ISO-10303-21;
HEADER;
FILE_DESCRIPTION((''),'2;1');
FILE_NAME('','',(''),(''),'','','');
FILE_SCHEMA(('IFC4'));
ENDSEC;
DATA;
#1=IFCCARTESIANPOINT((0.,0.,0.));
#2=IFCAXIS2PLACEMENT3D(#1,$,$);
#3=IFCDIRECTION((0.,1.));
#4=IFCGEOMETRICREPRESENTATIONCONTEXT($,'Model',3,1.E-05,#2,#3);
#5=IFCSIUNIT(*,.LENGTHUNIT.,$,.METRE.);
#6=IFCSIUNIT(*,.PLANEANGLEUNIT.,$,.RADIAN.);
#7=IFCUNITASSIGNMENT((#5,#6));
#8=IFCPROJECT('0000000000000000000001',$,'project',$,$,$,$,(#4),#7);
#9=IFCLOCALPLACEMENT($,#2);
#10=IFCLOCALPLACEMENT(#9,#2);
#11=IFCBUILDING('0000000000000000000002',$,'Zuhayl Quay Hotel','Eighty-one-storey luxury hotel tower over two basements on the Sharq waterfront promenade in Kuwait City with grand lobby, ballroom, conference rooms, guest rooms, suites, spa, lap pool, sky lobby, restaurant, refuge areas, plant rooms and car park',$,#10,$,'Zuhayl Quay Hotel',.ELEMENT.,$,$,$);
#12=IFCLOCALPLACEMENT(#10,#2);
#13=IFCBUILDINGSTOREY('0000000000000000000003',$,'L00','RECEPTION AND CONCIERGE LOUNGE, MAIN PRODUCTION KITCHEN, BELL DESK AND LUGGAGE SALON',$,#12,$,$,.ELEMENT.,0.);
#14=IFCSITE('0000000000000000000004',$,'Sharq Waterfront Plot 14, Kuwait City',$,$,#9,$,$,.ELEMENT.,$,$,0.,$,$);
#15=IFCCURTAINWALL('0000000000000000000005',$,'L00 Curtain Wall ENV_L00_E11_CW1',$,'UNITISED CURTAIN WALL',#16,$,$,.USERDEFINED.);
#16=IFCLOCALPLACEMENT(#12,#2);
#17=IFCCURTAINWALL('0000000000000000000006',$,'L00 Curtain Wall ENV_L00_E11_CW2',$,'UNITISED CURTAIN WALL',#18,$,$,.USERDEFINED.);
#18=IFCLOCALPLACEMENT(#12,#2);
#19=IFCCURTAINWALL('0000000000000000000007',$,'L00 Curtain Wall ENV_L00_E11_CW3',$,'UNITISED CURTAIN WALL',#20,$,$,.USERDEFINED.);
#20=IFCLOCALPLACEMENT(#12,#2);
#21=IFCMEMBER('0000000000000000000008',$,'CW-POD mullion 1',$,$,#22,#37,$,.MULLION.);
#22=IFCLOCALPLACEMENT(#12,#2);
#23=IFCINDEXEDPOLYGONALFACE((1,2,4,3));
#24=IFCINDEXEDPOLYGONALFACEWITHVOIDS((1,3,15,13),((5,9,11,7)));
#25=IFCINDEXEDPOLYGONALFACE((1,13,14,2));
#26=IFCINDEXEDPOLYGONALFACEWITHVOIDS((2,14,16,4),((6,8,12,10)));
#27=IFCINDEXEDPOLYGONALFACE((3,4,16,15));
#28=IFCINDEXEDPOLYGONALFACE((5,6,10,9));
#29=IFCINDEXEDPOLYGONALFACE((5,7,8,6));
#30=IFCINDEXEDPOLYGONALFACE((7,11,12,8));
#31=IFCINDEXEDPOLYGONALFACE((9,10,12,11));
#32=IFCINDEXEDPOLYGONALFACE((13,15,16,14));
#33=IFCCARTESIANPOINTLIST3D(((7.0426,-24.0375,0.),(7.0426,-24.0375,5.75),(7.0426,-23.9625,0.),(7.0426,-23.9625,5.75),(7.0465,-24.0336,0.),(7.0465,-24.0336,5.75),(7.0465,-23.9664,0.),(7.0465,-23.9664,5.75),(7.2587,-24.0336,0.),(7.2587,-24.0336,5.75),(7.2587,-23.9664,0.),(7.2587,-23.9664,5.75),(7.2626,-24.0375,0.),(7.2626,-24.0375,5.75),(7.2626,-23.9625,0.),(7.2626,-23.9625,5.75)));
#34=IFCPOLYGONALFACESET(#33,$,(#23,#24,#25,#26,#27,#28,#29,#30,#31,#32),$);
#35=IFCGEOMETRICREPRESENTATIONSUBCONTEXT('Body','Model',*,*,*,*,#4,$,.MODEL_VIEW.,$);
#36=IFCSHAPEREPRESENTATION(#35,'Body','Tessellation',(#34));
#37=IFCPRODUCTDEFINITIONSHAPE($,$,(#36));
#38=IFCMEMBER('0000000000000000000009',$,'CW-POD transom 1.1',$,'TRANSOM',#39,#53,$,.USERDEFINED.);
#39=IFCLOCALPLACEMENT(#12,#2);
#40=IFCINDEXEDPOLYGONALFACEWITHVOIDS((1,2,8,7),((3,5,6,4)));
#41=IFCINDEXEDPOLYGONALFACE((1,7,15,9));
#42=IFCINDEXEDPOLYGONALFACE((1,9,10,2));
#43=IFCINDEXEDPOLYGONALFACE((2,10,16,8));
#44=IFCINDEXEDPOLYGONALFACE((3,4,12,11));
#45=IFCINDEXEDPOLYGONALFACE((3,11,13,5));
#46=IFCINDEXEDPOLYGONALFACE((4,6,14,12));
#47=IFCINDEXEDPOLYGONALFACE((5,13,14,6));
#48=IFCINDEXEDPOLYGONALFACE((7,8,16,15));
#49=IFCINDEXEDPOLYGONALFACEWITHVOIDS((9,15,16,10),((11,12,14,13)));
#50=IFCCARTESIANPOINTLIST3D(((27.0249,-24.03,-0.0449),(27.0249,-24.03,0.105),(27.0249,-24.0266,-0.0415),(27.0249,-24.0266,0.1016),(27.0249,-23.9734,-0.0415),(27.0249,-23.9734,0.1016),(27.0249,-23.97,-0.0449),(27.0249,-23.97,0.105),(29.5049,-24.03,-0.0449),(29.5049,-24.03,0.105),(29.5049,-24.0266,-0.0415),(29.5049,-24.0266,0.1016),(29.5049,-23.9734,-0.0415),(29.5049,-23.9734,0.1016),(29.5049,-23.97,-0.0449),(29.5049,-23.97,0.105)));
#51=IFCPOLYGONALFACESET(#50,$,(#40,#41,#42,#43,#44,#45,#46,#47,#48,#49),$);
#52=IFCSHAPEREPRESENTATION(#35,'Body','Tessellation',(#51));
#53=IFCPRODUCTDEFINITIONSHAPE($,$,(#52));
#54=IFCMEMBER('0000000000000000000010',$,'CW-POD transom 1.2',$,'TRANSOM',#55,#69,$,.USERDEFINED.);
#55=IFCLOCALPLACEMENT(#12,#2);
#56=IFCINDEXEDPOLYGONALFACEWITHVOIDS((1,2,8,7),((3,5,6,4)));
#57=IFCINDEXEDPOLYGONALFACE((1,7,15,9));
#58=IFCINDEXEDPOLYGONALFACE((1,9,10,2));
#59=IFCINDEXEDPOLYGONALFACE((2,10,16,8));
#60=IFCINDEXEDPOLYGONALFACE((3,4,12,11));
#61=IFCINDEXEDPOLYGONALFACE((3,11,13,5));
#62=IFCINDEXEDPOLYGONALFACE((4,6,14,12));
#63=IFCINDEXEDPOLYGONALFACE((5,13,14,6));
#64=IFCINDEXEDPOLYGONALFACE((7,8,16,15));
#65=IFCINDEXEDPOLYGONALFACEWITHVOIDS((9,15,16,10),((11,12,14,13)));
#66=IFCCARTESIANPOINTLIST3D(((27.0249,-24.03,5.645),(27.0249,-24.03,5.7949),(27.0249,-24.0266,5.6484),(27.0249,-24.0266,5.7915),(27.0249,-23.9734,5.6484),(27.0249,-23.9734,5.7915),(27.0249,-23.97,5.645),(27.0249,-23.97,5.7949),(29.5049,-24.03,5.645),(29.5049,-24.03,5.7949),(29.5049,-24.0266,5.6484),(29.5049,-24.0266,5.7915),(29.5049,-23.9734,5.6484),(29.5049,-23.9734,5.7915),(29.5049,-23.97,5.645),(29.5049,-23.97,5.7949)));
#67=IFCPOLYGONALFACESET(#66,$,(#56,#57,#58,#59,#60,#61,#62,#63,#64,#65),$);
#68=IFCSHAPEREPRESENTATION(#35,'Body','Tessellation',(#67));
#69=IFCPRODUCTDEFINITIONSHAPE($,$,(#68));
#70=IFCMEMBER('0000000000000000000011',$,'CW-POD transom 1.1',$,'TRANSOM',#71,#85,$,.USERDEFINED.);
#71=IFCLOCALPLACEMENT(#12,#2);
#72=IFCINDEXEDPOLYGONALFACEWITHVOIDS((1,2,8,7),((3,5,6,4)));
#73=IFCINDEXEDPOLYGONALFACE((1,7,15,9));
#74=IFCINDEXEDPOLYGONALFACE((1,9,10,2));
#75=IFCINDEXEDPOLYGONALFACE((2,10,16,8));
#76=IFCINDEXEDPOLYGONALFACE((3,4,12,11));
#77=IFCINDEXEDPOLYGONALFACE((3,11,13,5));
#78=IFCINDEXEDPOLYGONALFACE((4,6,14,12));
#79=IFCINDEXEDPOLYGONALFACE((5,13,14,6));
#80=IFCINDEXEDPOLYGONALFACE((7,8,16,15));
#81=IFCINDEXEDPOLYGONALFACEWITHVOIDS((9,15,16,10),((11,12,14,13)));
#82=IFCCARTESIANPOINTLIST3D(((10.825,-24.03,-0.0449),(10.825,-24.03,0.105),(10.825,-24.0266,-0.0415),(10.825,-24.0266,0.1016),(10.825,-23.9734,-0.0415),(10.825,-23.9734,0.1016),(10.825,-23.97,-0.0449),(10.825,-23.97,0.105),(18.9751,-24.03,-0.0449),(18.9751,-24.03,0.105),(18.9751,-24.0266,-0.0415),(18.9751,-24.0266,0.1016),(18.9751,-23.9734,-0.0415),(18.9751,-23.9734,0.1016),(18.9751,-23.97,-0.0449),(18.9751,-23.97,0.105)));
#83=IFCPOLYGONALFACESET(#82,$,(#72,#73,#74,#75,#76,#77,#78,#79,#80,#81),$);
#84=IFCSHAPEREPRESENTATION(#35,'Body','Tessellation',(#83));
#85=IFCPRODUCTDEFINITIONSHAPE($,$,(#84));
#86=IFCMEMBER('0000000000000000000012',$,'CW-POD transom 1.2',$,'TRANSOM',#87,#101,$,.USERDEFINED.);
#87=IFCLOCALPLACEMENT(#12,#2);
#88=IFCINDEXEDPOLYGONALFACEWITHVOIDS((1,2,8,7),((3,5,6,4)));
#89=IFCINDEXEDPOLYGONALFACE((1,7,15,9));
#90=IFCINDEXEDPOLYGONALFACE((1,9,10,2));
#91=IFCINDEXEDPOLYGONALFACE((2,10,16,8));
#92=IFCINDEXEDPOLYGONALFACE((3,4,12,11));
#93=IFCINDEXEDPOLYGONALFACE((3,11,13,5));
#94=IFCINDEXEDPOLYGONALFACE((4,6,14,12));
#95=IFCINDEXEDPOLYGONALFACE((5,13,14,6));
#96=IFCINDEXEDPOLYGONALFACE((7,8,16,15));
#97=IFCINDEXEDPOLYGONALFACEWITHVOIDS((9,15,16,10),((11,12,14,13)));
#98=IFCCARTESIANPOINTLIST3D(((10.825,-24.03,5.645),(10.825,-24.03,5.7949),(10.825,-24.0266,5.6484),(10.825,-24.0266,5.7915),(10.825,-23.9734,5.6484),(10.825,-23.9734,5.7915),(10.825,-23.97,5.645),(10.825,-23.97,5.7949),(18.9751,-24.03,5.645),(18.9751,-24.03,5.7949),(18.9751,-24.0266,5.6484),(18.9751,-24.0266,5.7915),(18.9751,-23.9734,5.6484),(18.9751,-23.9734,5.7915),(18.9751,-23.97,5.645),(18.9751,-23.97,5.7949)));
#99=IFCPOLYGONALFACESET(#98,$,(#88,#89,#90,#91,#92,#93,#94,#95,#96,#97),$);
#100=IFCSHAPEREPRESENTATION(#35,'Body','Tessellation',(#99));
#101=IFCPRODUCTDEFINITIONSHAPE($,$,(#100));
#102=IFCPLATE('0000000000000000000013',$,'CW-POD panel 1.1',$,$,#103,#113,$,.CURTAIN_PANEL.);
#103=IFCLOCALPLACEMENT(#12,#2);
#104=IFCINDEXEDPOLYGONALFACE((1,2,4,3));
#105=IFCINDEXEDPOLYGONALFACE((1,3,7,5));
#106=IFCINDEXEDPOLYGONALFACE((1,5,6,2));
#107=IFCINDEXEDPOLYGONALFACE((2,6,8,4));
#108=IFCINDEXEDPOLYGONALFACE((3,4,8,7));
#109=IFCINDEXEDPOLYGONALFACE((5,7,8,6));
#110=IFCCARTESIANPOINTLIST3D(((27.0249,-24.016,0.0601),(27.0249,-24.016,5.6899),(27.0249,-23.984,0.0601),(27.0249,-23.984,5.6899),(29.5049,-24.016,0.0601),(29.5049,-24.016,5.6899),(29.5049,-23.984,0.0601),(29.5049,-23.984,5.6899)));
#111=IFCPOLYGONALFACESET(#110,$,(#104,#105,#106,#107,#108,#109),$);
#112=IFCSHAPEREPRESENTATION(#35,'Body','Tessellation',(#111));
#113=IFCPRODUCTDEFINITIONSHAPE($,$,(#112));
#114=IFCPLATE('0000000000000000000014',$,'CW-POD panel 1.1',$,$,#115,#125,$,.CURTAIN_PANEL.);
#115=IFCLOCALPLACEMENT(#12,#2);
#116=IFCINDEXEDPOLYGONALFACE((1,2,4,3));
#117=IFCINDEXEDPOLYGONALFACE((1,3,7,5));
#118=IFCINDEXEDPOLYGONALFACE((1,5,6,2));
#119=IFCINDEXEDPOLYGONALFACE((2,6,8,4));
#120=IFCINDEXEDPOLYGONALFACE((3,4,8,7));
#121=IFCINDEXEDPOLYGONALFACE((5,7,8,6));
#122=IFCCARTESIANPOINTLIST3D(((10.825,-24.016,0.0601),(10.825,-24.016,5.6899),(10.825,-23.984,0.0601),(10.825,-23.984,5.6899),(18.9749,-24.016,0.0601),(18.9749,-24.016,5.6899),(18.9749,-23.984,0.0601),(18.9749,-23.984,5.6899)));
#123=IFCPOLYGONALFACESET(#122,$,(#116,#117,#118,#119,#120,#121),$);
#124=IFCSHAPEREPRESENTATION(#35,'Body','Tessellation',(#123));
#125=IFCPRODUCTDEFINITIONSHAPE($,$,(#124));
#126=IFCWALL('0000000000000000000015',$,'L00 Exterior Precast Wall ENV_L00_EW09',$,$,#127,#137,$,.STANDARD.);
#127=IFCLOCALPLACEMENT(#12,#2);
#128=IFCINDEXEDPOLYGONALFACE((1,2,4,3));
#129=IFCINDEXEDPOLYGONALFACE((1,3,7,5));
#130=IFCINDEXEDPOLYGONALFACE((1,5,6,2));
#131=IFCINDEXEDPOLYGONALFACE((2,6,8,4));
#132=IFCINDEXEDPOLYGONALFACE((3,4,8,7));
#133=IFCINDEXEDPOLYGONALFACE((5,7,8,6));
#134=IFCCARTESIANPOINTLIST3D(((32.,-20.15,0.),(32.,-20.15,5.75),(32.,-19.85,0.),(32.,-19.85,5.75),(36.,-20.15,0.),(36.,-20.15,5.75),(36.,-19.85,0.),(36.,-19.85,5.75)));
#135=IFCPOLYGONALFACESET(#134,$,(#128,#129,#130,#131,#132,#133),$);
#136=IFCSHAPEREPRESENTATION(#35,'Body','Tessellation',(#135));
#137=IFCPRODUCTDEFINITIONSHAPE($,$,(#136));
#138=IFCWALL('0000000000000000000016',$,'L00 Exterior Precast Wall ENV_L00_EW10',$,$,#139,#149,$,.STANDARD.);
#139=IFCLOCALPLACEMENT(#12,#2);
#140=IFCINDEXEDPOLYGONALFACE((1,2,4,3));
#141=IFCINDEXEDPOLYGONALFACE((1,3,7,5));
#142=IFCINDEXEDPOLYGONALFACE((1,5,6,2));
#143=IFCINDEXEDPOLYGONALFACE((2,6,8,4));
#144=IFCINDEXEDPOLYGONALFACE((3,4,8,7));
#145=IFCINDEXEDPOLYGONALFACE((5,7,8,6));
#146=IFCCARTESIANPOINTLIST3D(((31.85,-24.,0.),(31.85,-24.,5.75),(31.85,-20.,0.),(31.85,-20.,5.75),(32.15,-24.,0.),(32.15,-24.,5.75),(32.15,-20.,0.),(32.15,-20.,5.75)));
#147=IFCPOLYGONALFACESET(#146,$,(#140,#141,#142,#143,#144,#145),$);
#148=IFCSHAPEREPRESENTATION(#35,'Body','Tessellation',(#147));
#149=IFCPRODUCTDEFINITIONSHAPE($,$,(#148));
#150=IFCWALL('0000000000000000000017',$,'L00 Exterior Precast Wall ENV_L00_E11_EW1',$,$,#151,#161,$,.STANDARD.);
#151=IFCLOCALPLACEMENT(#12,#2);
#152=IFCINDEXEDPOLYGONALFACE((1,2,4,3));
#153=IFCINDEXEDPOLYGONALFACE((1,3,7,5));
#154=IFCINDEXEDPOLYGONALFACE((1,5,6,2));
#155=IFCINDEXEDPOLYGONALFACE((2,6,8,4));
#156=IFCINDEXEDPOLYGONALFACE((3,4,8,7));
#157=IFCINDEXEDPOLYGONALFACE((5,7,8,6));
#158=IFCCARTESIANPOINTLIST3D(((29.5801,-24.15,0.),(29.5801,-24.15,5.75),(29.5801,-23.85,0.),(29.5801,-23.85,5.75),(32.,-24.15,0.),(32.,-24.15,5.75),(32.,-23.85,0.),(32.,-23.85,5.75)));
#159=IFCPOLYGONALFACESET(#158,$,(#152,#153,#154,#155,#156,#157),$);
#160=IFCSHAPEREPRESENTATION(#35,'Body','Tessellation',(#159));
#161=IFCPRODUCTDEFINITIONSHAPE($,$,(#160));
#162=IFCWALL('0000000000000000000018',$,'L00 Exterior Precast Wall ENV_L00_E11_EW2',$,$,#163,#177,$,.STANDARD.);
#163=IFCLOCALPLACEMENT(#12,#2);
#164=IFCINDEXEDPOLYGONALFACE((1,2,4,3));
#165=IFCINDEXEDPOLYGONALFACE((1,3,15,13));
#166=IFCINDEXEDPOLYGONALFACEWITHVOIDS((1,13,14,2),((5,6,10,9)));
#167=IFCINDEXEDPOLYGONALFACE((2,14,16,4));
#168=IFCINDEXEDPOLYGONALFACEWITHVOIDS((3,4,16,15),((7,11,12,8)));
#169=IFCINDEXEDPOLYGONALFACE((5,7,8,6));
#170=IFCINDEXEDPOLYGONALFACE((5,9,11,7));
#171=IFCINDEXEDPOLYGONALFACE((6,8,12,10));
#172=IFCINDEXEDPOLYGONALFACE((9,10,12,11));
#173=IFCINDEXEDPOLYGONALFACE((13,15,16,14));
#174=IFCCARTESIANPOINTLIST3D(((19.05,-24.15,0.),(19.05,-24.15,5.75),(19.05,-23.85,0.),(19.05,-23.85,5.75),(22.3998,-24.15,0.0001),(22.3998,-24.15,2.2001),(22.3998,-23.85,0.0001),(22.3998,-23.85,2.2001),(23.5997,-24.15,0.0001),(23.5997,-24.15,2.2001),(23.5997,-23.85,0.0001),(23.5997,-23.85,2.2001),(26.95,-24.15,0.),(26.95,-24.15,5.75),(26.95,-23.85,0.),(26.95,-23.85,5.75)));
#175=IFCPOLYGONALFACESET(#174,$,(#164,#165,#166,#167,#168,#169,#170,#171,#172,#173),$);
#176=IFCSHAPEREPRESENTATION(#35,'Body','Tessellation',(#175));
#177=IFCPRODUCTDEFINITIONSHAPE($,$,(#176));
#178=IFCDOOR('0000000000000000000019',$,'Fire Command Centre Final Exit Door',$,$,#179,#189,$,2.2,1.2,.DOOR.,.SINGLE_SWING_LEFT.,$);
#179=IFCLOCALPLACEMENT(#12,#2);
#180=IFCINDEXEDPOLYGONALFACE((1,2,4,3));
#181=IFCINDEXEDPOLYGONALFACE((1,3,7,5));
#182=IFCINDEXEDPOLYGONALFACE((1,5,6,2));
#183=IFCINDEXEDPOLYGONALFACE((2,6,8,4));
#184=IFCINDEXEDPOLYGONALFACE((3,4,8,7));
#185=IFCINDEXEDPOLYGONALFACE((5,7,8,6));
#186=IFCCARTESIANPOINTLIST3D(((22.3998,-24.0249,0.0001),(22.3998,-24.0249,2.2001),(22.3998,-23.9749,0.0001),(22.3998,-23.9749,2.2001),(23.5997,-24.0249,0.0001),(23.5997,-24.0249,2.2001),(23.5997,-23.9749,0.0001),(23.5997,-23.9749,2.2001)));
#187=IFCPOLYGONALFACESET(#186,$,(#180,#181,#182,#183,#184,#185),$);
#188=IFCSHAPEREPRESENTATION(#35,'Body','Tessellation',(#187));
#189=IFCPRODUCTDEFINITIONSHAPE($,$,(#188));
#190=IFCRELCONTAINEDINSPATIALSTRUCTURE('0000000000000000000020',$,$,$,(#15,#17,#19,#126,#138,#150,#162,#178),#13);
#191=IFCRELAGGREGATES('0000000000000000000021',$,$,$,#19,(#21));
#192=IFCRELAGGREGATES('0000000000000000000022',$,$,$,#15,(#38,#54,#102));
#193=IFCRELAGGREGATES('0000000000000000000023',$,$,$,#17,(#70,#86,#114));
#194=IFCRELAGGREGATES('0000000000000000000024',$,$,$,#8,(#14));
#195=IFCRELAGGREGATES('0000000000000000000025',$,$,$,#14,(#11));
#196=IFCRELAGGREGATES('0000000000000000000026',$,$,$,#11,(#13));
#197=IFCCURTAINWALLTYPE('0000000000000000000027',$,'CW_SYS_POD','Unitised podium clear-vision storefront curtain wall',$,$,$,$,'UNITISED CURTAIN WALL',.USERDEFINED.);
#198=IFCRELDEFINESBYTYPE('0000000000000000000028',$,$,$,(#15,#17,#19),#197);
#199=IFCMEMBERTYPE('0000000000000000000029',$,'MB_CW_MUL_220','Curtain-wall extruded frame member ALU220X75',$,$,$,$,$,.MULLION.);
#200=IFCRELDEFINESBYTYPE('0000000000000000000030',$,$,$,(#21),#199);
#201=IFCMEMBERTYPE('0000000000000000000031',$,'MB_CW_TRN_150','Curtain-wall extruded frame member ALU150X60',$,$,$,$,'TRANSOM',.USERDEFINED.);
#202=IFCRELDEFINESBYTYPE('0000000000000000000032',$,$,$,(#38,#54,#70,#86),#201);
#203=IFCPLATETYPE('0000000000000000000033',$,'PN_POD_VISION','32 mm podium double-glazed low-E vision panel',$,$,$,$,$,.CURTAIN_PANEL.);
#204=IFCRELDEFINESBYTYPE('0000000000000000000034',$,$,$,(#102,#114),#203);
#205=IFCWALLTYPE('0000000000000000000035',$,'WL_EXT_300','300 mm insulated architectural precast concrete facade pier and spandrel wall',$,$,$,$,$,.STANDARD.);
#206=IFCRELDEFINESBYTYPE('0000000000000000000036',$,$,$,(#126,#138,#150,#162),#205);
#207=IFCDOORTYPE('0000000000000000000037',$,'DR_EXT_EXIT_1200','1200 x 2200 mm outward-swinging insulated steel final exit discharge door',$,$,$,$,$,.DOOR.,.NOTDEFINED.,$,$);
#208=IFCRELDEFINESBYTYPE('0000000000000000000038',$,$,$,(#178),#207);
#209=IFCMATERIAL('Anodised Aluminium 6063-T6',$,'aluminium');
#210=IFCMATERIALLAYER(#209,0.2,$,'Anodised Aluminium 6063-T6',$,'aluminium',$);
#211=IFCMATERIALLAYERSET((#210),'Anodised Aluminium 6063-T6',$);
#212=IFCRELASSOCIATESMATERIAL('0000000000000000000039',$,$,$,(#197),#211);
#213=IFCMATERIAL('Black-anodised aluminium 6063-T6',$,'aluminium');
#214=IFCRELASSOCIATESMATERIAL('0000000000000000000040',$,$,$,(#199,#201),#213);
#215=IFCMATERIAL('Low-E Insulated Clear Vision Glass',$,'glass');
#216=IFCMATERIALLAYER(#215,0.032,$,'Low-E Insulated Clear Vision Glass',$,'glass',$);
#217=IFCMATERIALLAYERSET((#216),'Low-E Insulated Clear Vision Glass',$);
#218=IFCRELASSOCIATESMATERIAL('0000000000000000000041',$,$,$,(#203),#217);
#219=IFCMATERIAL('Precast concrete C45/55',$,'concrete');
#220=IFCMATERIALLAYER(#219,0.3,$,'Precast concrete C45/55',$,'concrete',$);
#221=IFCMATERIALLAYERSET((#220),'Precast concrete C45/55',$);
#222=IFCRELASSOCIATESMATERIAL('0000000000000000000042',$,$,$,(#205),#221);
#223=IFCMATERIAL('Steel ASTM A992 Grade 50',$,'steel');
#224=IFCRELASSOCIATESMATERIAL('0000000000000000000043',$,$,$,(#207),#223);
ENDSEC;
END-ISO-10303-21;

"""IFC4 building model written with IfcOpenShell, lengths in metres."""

from ifc_helpers import new_model, si_unit, direction, frame, frame_2d, origin, origin_2d, place, context, subcontext, project, spatial, rectangle, hollow_rectangle, extrude, material, layer, layer_set, material_profile, profile_set, type_object, element, fill, aggregate, save


model = new_model("IFC4")

# Units and contexts
model_context = context("Model", 3, precision=1e-05, world=origin(), true_north=direction((0.0, 1.0)))
body_context = subcontext(model_context, "Body", "Model", "MODEL_VIEW")
ifc_project = project(units=[si_unit("LENGTHUNIT", "METRE"), si_unit("PLANEANGLEUNIT", "RADIAN")], contexts=[model_context])

# Site, building, storey
site_placement = place(None, origin())
site = spatial("IfcSite", under=ifc_project, at=site_placement, Name="Sharq Waterfront Plot 14, Kuwait City", CompositionType="ELEMENT", RefElevation=0.0)
building_placement = place(site_placement, origin())
building = spatial("IfcBuilding", under=site, at=building_placement, Name="Zuhayl Quay Hotel", Description="Eighty-one-storey luxury hotel tower over two basements on the Sharq waterfront promenade in Kuwait City with grand lobby, ballroom, conference rooms, guest rooms, suites, spa, lap pool, sky lobby, restaurant, refuge areas, plant rooms and car park", LongName="Zuhayl Quay Hotel", CompositionType="ELEMENT")
storey_placement = place(building_placement, origin())
storey = spatial("IfcBuildingStorey", under=building, at=storey_placement, Name="L00", Description="RECEPTION AND CONCIERGE LOUNGE, MAIN PRODUCTION KITCHEN, BELL DESK AND LUGGAGE SALON", CompositionType="ELEMENT", Elevation=0.0)

# Shared definitions
ifc_material_1 = material(Name="Steel ASTM A992 Grade 50", Category="steel")

# Curtain walls
ifc_material_2 = material(Name="Anodised Aluminium 6063-T6", Category="aluminium")
ifc_layer_1 = layer(ifc_material_2, 0.2, Name="Anodised Aluminium 6063-T6", Category="aluminium")
ifc_layer_set_1 = layer_set([ifc_layer_1], Name="Anodised Aluminium 6063-T6")
curtain_wall_type = type_object("IfcCurtainWallType", Name="CW_SYS_POD", Description="Unitised podium clear-vision storefront curtain wall", ElementType="UNITISED CURTAIN WALL", PredefinedType="USERDEFINED", material=ifc_layer_set_1)
curtain_wall_1_placement = place(storey_placement, origin())
curtain_wall_1 = element("IfcCurtainWall", 1, at=curtain_wall_1_placement, inside=storey, type_object=curtain_wall_type, Name="L00 Curtain Wall ENV_L00_E11_CW1", ObjectType="UNITISED CURTAIN WALL", PredefinedType="USERDEFINED")
ifc_material_3 = material(Name="Black-anodised aluminium 6063-T6", Category="aluminium")
ifc_material_profile_1 = material_profile(ifc_material_3, hollow_rectangle(XDim=0.075, YDim=0.22, WallThickness=0.0039, at=origin_2d()), Name="ALU220X75")
ifc_profile_set_1 = profile_set([ifc_material_profile_1], Name="Black-anodised aluminium 6063-T6")
member_type_1 = type_object("IfcMemberType", Name="MB_CW_MUL_220", Description="Curtain-wall extruded frame member ALU220X75", PredefinedType="MULLION", material=ifc_profile_set_1)
curtain_wall_2_placement = place(storey_placement, origin())
curtain_wall_2 = element("IfcCurtainWall", 2, at=curtain_wall_2_placement, inside=storey, type_object=curtain_wall_type, Name="L00 Curtain Wall ENV_L00_E11_CW2", ObjectType="UNITISED CURTAIN WALL", PredefinedType="USERDEFINED")

# Curtain wall, member
curtain_wall_3_placement = place(storey_placement, origin())
curtain_wall_3 = element("IfcCurtainWall", 3, at=curtain_wall_3_placement, inside=storey, type_object=curtain_wall_type, Name="L00 Curtain Wall ENV_L00_E11_CW3", ObjectType="UNITISED CURTAIN WALL", PredefinedType="USERDEFINED")
member_1_placement = place(storey_placement, frame((7.1526, -24.0, 0.0), z_axis=(0.0, 0.0, 1.0), x_axis=(0.0, -1.0, 0.0)))
member_1 = element("IfcMember", 4, at=member_1_placement, type_object=member_type_1, Name="CW-POD mullion 1", PredefinedType="MULLION", context=body_context, shape_type="SweptSolid", body=[
    extrude(hollow_rectangle(XDim=0.075, YDim=0.22, WallThickness=0.0039, at=origin_2d()), origin(), (0.0, 0.0, 1.0), 5.75),
])
aggregate(curtain_wall_3, [member_1])

# Members
ifc_material_profile_2 = material_profile(ifc_material_3, hollow_rectangle(XDim=0.0601, YDim=0.1499, WallThickness=0.0034, at=origin_2d()), Name="ALU150X60")
ifc_profile_set_2 = profile_set([ifc_material_profile_2], Name="Black-anodised aluminium 6063-T6")
member_type_2 = type_object("IfcMemberType", Name="MB_CW_TRN_150", Description="Curtain-wall extruded frame member ALU150X60", ElementType="TRANSOM", PredefinedType="USERDEFINED", material=ifc_profile_set_2)
member_2_placement = place(storey_placement, frame((29.5049, -24.0, 0.03), z_axis=(-1.0, 0.0, 0.0), x_axis=(0.0, -1.0, 0.0)))
member_2 = element("IfcMember", 5, at=member_2_placement, type_object=member_type_2, Name="CW-POD transom 1.1", ObjectType="TRANSOM", PredefinedType="USERDEFINED", context=body_context, shape_type="SweptSolid", body=[
    extrude(hollow_rectangle(XDim=0.0601, YDim=0.1499, WallThickness=0.0034, at=origin_2d()), origin(), (0.0, 0.0, 1.0), 2.48),
])
member_3_placement = place(storey_placement, frame((29.5049, -24.0, 5.72), z_axis=(-1.0, 0.0, 0.0), x_axis=(0.0, -1.0, 0.0)))
member_3 = element("IfcMember", 6, at=member_3_placement, type_object=member_type_2, Name="CW-POD transom 1.2", ObjectType="TRANSOM", PredefinedType="USERDEFINED", context=body_context, shape_type="SweptSolid", body=[
    extrude(hollow_rectangle(XDim=0.0601, YDim=0.1499, WallThickness=0.0034, at=origin_2d()), origin(), (0.0, 0.0, 1.0), 2.48),
])
member_4_placement = place(storey_placement, frame((18.9751, -24.0, 0.03), z_axis=(-1.0, 0.0, 0.0), x_axis=(0.0, -1.0, 0.0)))
member_4 = element("IfcMember", 7, at=member_4_placement, type_object=member_type_2, Name="CW-POD transom 1.1", ObjectType="TRANSOM", PredefinedType="USERDEFINED", context=body_context, shape_type="SweptSolid", body=[
    extrude(hollow_rectangle(XDim=0.0601, YDim=0.1499, WallThickness=0.0034, at=origin_2d()), origin(), (0.0, 0.0, 1.0), 8.1501),
])
member_5_placement = place(storey_placement, frame((18.9751, -24.0, 5.72), z_axis=(-1.0, 0.0, 0.0), x_axis=(0.0, -1.0, 0.0)))
member_5 = element("IfcMember", 8, at=member_5_placement, type_object=member_type_2, Name="CW-POD transom 1.2", ObjectType="TRANSOM", PredefinedType="USERDEFINED", context=body_context, shape_type="SweptSolid", body=[
    extrude(hollow_rectangle(XDim=0.0601, YDim=0.1499, WallThickness=0.0034, at=origin_2d()), origin(), (0.0, 0.0, 1.0), 8.1501),
])

# Plates
ifc_material_4 = material(Name="Low-E Insulated Clear Vision Glass", Category="glass")
ifc_layer_2 = layer(ifc_material_4, 0.032, Name="Low-E Insulated Clear Vision Glass", Category="glass")
ifc_layer_set_2 = layer_set([ifc_layer_2], Name="Low-E Insulated Clear Vision Glass")
plate_type = type_object("IfcPlateType", Name="PN_POD_VISION", Description="32 mm podium double-glazed low-E vision panel", PredefinedType="CURTAIN_PANEL", material=ifc_layer_set_2)
plate_1_placement = place(storey_placement, frame((28.2649, -24.0, 0.0601), z_axis=(0.0, 0.0, 1.0), x_axis=(-1.0, 0.0, 0.0)))
plate_1 = element("IfcPlate", 9, at=plate_1_placement, type_object=plate_type, Name="CW-POD panel 1.1", PredefinedType="CURTAIN_PANEL", context=body_context, shape_type="SweptSolid", body=[
    extrude(rectangle(XDim=2.48, YDim=0.032, at=origin_2d()), origin(), (0.0, 0.0, 1.0), 5.6299),
])
aggregate(curtain_wall_1, [member_2, member_3, plate_1])
plate_2_placement = place(storey_placement, frame((14.8999, -24.0, 0.0601), z_axis=(0.0, 0.0, 1.0), x_axis=(-1.0, 0.0, 0.0)))
plate_2 = element("IfcPlate", 10, at=plate_2_placement, type_object=plate_type, Name="CW-POD panel 1.1", PredefinedType="CURTAIN_PANEL", context=body_context, shape_type="SweptSolid", body=[
    extrude(rectangle(XDim=8.1499, YDim=0.032, at=origin_2d()), origin(), (0.0, 0.0, 1.0), 5.6299),
])
aggregate(curtain_wall_2, [member_4, member_5, plate_2])

# Walls
ifc_material_5 = material(Name="Precast concrete C45/55", Category="concrete")
ifc_layer_3 = layer(ifc_material_5, 0.3, Name="Precast concrete C45/55", Category="concrete")
ifc_layer_set_3 = layer_set([ifc_layer_3], Name="Precast concrete C45/55")
wall_type_1 = type_object("IfcWallType", Name="WL_EXT_300", Description="300 mm insulated architectural precast concrete facade pier and spandrel wall", PredefinedType="STANDARD", material=ifc_layer_set_3)
for number, where, z_axis, x_axis, name in (
    (11, (36.0, -20.0, 0.0), (0.0, 0.0, 1.0), (-1.0, 0.0, 0.0), "L00 Exterior Precast Wall ENV_L00_EW09"),
    (12, (32.0, -20.0, 0.0), (0.0, 0.0, 1.0), (0.0, -1.0, 0.0), "L00 Exterior Precast Wall ENV_L00_EW10"),
):
    element("IfcWall", number, at=place(storey_placement, frame(where, z_axis=z_axis, x_axis=x_axis)), inside=storey, type_object=wall_type_1, Name=name, PredefinedType="STANDARD", context=body_context, shape_type="SweptSolid", body=[
        extrude(rectangle(XDim=4.0, YDim=0.3, at=frame_2d((2.0, 0.0))), origin(), (0.0, 0.0, 1.0), 5.75),
    ])
wall_1_placement = place(storey_placement, frame((32.0, -24.0, 0.0), z_axis=(0.0, 0.0, 1.0), x_axis=(-1.0, 0.0, 0.0)))
element("IfcWall", 13, at=wall_1_placement, inside=storey, type_object=wall_type_1, Name="L00 Exterior Precast Wall ENV_L00_E11_EW1", PredefinedType="STANDARD", context=body_context, shape_type="SweptSolid", body=[
    extrude(rectangle(XDim=2.4199, YDim=0.3, at=frame_2d((1.21, 0.0))), origin(), (0.0, 0.0, 1.0), 5.75),
])

# Wall, opening, door
wall_2_placement = place(storey_placement, frame((26.95, -24.0, 0.0), z_axis=(0.0, 0.0, 1.0), x_axis=(-1.0, 0.0, 0.0)))
wall_2 = element("IfcWall", 14, at=wall_2_placement, inside=storey, type_object=wall_type_1, Name="L00 Exterior Precast Wall ENV_L00_E11_EW2", PredefinedType="STANDARD", context=body_context, shape_type="SweptSolid", body=[
    extrude(rectangle(XDim=7.8999, YDim=0.3, at=frame_2d((3.95, 0.0))), origin(), (0.0, 0.0, 1.0), 5.75),
])
opening_1_placement = place(wall_2_placement, frame((3.3501, 0.0, 0.0)))
opening_1 = element("IfcOpeningElement", 15, at=opening_1_placement, cuts=wall_2, PredefinedType="OPENING", context=body_context, shape_type="SweptSolid", body=[
    extrude(rectangle(XDim=1.2, YDim=2.2, at=frame_2d((0.6001, 1.1001))), frame((0.0, 0.1599, 0.0), z_axis=(0.0, -1.0, 0.0), x_axis=(1.0, 0.0, 0.0)), (0.0, 0.0, 1.0), 0.3201),
])
door_type_1 = type_object("IfcDoorType", Name="DR_EXT_EXIT_1200", Description="1200 x 2200 mm outward-swinging insulated steel final exit discharge door", OperationType="NOTDEFINED", PredefinedType="DOOR", material=ifc_material_1)
door_1_placement = place(opening_1_placement, origin())
door_1 = element("IfcDoor", 16, at=door_1_placement, inside=storey, type_object=door_type_1, Name="Fire Command Centre Final Exit Door", OperationType="SINGLE_SWING_LEFT", OverallHeight=2.2, OverallWidth=1.2, PredefinedType="DOOR", context=body_context, shape_type="SweptSolid", body=[
    extrude(rectangle(XDim=1.2, YDim=2.2, at=frame_2d((0.6001, 1.1001))), frame((0.0, 0.0249, 0.0), z_axis=(0.0, -1.0, 0.0), x_axis=(1.0, 0.0, 0.0)), (0.0, 0.0, 1.0), 0.05),
])
fill(opening_1, door_1)

save(model, "model.ifc")
